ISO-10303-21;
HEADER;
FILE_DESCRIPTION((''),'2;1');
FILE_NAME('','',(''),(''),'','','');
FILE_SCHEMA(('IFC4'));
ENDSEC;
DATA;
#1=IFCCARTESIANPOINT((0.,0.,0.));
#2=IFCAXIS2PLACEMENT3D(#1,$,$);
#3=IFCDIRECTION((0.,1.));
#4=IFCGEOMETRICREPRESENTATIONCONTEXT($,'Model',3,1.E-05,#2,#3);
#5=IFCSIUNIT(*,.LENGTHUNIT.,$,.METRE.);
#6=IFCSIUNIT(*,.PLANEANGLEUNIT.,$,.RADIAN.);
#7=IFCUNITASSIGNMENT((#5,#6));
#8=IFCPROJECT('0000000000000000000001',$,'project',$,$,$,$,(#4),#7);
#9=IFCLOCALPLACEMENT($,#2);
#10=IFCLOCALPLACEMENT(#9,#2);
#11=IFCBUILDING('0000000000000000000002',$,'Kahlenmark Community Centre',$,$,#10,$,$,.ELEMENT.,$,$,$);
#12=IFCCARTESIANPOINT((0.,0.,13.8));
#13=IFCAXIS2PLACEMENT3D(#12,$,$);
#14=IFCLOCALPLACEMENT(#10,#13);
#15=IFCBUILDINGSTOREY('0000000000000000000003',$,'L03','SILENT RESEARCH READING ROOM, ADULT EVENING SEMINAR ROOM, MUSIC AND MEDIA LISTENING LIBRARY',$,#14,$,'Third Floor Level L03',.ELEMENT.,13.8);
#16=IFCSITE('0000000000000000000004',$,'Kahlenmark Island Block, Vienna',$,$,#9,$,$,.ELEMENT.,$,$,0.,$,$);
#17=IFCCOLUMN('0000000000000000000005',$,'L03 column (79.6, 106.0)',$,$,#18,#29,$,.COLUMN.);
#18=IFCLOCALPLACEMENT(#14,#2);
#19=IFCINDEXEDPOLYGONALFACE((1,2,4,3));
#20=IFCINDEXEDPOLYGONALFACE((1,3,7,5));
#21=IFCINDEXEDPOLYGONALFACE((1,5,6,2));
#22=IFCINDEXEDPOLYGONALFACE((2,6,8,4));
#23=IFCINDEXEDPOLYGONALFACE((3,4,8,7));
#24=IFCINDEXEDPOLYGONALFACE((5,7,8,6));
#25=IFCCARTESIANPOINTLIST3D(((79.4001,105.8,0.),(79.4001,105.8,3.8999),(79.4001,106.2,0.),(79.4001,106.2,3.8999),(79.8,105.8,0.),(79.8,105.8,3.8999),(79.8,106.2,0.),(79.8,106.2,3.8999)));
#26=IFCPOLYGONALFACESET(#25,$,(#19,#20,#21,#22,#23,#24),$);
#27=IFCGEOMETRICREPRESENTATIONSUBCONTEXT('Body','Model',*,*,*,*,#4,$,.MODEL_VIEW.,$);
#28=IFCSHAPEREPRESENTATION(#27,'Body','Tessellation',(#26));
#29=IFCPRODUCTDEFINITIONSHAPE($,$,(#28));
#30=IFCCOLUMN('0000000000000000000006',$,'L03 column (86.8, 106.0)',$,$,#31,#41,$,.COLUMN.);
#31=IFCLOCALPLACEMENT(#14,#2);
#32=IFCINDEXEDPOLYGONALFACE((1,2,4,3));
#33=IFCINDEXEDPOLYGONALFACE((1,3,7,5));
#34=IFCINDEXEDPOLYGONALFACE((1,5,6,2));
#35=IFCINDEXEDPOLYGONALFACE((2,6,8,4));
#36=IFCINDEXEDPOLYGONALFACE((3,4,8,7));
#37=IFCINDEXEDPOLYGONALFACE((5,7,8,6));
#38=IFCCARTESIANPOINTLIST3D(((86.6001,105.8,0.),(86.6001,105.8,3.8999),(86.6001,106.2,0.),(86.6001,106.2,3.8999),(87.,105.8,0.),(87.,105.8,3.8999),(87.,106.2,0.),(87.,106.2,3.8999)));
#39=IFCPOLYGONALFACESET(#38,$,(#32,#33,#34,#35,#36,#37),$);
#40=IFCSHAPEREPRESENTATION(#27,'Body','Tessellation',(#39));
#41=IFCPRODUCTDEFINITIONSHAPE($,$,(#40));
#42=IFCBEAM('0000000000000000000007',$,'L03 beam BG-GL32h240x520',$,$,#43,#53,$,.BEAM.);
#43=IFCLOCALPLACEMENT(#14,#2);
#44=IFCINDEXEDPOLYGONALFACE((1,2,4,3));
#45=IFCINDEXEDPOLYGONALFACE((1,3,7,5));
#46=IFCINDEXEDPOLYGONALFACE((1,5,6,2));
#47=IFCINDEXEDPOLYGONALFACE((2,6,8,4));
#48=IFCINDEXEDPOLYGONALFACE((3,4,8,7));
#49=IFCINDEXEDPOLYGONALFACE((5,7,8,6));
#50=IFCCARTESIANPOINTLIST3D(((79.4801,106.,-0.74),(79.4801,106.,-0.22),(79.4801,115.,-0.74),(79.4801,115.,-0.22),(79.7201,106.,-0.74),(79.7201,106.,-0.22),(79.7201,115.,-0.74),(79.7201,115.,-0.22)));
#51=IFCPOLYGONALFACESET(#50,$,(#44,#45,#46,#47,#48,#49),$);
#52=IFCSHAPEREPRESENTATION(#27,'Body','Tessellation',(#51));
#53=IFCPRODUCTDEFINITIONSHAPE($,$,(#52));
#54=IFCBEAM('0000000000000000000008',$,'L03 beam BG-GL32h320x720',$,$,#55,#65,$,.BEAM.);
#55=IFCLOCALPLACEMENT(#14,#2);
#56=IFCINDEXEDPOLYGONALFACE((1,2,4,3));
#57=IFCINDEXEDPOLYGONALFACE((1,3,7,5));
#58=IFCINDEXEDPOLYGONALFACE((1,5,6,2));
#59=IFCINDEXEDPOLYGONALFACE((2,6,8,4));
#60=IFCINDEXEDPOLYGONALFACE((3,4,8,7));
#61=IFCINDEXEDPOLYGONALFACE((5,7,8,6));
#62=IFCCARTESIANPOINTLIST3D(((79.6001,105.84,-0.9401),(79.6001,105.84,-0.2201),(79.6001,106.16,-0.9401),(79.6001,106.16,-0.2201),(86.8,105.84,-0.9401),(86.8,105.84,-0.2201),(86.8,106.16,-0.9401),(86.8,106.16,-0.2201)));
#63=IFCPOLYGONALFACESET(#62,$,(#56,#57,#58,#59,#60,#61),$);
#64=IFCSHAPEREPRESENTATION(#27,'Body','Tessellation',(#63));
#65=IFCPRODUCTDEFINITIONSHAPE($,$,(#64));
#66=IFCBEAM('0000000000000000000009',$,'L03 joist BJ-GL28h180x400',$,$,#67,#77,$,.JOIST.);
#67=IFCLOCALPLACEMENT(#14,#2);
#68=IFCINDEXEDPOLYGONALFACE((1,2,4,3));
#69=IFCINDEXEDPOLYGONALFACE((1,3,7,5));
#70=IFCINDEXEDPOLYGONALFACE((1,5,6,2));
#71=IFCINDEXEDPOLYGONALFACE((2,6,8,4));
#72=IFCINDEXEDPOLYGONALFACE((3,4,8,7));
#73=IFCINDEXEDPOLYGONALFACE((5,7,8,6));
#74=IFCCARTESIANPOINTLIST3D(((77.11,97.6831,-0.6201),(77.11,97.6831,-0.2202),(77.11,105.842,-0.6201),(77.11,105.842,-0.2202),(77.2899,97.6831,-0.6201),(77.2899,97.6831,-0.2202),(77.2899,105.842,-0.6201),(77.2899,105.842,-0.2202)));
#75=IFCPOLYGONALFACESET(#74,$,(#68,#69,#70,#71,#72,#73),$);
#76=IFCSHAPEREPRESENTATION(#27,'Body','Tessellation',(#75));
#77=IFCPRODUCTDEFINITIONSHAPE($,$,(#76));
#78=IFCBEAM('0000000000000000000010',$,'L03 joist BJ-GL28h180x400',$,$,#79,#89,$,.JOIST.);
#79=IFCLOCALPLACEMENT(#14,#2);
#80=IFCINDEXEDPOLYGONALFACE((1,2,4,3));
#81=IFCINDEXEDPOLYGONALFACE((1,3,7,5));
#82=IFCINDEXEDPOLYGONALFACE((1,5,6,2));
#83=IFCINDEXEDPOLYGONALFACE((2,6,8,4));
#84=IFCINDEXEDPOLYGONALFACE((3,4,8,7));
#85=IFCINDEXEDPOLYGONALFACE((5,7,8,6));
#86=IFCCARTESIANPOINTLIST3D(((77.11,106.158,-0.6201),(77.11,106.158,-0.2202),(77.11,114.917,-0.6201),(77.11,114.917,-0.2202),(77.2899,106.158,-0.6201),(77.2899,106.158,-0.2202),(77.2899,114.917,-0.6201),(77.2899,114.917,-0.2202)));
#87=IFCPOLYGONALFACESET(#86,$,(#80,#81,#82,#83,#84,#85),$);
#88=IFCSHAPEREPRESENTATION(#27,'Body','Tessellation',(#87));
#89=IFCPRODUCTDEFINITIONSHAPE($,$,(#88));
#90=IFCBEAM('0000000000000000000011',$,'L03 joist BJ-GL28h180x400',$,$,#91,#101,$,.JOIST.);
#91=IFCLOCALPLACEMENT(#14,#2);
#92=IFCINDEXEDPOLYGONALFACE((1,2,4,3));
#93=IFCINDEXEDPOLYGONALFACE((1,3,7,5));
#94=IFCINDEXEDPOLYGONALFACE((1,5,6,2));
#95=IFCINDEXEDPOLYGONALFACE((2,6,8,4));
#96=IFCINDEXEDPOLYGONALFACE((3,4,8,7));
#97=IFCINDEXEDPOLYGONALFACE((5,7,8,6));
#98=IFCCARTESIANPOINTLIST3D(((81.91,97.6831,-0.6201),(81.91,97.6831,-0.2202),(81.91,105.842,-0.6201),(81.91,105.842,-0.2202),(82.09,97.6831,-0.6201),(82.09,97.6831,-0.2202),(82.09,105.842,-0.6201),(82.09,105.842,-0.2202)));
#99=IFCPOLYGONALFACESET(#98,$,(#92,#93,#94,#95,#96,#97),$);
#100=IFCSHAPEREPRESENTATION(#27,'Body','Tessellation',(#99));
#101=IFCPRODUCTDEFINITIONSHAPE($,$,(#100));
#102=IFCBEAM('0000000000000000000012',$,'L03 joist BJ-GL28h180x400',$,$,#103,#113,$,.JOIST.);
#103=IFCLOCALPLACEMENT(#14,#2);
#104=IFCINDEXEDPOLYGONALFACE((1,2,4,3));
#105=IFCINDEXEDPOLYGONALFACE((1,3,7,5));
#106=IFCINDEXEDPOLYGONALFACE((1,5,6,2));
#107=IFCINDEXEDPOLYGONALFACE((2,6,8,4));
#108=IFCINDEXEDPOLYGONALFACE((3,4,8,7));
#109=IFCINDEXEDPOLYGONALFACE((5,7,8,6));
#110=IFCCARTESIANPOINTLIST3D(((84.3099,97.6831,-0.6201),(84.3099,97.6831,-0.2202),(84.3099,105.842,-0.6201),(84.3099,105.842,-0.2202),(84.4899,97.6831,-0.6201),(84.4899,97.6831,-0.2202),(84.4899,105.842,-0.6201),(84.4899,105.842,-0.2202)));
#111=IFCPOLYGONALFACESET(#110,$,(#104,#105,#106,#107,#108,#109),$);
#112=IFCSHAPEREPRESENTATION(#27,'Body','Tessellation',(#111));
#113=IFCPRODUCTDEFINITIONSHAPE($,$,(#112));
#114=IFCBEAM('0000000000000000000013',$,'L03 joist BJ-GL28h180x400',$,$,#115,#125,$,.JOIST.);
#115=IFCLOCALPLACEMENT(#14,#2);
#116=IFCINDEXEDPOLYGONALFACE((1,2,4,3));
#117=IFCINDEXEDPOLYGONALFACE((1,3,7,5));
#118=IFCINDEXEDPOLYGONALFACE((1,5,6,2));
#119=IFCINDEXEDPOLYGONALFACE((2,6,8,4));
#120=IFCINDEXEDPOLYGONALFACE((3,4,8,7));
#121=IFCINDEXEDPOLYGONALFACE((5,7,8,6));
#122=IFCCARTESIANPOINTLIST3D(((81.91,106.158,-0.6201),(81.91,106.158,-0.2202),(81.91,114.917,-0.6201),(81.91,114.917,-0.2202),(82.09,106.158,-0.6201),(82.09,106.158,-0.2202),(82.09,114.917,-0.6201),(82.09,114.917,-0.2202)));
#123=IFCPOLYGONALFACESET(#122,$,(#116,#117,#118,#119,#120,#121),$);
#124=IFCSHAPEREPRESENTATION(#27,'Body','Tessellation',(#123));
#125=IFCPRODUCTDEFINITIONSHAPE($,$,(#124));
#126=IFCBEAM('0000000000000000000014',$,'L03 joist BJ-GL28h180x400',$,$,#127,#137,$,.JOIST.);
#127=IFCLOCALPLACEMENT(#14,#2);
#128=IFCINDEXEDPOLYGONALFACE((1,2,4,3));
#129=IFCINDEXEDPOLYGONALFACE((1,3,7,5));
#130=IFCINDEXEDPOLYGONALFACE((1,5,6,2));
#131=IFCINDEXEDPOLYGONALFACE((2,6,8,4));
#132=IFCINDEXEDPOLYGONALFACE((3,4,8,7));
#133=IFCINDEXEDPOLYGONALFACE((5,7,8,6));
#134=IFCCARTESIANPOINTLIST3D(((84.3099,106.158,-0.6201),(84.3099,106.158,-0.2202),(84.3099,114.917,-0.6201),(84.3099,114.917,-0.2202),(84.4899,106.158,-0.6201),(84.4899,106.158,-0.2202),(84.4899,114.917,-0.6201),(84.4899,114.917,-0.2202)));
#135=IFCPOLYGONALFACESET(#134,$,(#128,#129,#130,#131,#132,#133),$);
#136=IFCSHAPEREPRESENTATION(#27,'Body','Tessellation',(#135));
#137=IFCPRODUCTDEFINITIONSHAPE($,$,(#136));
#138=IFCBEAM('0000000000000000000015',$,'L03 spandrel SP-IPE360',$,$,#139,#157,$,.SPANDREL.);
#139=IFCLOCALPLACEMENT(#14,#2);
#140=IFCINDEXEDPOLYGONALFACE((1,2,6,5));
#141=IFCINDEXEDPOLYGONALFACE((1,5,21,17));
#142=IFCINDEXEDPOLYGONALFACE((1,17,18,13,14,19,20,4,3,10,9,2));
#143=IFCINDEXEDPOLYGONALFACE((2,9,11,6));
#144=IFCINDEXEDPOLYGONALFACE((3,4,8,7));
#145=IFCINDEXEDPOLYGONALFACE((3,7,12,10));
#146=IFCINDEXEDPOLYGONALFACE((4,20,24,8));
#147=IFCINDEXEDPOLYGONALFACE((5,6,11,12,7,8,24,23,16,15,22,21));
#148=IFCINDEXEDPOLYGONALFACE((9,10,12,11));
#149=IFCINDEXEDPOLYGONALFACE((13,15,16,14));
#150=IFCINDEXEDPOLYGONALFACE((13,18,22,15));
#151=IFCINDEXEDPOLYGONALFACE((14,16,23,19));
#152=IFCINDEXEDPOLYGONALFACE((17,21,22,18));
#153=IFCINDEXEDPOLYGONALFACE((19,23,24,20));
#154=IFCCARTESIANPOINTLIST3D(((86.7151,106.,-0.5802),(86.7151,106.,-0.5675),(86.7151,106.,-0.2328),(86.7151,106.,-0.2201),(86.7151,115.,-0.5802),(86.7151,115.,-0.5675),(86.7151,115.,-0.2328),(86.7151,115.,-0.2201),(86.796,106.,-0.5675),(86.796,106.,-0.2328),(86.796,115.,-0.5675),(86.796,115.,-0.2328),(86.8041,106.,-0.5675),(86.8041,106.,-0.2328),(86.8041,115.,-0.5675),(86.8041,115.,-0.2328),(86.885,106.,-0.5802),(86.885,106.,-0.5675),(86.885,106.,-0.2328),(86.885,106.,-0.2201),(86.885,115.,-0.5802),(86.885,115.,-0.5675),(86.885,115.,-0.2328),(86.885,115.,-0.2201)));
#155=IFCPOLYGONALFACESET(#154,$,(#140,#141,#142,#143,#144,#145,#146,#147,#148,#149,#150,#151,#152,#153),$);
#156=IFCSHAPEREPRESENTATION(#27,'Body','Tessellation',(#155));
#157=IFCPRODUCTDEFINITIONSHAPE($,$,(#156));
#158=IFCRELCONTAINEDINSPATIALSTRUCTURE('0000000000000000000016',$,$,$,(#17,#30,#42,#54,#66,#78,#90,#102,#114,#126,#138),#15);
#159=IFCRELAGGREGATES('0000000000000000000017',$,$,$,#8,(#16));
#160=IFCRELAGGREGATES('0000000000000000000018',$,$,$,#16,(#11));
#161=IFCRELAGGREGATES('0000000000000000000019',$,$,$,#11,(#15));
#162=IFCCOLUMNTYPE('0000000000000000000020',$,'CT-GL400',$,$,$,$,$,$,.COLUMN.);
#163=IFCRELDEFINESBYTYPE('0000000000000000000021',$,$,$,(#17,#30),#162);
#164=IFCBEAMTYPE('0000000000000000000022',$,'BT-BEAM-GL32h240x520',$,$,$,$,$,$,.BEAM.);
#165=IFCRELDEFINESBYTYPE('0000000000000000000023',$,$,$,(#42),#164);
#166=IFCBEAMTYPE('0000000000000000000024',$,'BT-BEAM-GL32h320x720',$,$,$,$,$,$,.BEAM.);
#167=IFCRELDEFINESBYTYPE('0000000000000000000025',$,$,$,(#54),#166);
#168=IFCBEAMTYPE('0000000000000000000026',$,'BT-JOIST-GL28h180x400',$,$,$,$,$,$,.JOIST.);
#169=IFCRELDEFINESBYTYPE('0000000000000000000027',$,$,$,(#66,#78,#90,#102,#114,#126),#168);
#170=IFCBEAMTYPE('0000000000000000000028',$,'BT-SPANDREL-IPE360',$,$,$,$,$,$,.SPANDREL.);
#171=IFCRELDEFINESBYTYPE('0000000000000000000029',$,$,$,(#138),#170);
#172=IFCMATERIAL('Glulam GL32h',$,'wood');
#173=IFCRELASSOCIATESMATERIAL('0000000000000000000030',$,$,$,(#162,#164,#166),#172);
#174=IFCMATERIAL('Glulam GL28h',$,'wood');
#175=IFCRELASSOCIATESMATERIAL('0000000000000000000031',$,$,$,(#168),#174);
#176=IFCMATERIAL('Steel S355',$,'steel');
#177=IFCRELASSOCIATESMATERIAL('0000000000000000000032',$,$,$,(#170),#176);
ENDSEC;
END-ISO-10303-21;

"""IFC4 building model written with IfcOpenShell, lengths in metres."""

from ifc_helpers import new_model, si_unit, direction, frame, origin, origin_2d, place, context, subcontext, project, spatial, rectangle, i_section, extrude, material, material_profile, profile_set, type_object, element, save


model = new_model("IFC4")

# Units and contexts
model_context = context("Model", 3, precision=1e-05, world=origin(), true_north=direction((0.0, 1.0)))
body_context = subcontext(model_context, "Body", "Model", "MODEL_VIEW")
ifc_project = project(units=[si_unit("LENGTHUNIT", "METRE"), si_unit("PLANEANGLEUNIT", "RADIAN")], contexts=[model_context])

# Site, building, storey
site_placement = place(None, origin())
site = spatial("IfcSite", under=ifc_project, at=site_placement, Name="Kahlenmark Island Block, Vienna", CompositionType="ELEMENT", RefElevation=0.0)
building_placement = place(site_placement, origin())
building = spatial("IfcBuilding", under=site, at=building_placement, Name="Kahlenmark Community Centre", CompositionType="ELEMENT")
storey_placement = place(building_placement, frame((0.0, 0.0, 13.8)))
storey = spatial("IfcBuildingStorey", under=building, at=storey_placement, Name="L03", Description="SILENT RESEARCH READING ROOM, ADULT EVENING SEMINAR ROOM, MUSIC AND MEDIA LISTENING LIBRARY", LongName="Third Floor Level L03", CompositionType="ELEMENT", Elevation=13.8)

# Columns
ifc_material_1 = material(Name="Glulam GL32h", Category="wood")
ifc_material_profile_1 = material_profile(ifc_material_1, rectangle(XDim=0.3999, YDim=0.3999, at=origin_2d()), Name="GL32h 400x400")
ifc_profile_set_1 = profile_set([ifc_material_profile_1], Name="Glulam GL32h")
column_type = type_object("IfcColumnType", Name="CT-GL400", PredefinedType="COLUMN", material=ifc_profile_set_1)
for number, where, z_axis, x_axis, name in (
    (1, (79.6001, 106.0, 0.0), (0.0, 0.0, 1.0), (1.0, 0.0, 0.0), "L03 column (79.6, 106.0)"),
    (2, (86.8, 106.0, 0.0), (0.0, 0.0, 1.0), (1.0, 0.0, 0.0), "L03 column (86.8, 106.0)"),
):
    element("IfcColumn", number, at=place(storey_placement, frame(where, z_axis=z_axis, x_axis=x_axis)), inside=storey, type_object=column_type, Name=name, PredefinedType="COLUMN", context=body_context, shape_type="SweptSolid", body=[
        extrude(rectangle(XDim=0.3999, YDim=0.3999, at=origin_2d()), origin(), (0.0, 0.0, 1.0), 3.8999),
    ])

# Beams
ifc_material_profile_2 = material_profile(ifc_material_1, rectangle(XDim=0.24, YDim=0.52, at=origin_2d()), Name="GL32h 240x520")
ifc_profile_set_2 = profile_set([ifc_material_profile_2], Name="Glulam GL32h")
beam_type_1 = type_object("IfcBeamType", Name="BT-BEAM-GL32h240x520", PredefinedType="BEAM", material=ifc_profile_set_2)
beam_1_placement = place(storey_placement, frame((79.6001, 106.0, -0.48), z_axis=(0.0, 1.0, 0.0), x_axis=(-1.0, 0.0, 0.0)))
element("IfcBeam", 3, at=beam_1_placement, inside=storey, type_object=beam_type_1, Name="L03 beam BG-GL32h240x520", PredefinedType="BEAM", context=body_context, shape_type="SweptSolid", body=[
    extrude(rectangle(XDim=0.24, YDim=0.52, at=origin_2d()), origin(), (0.0, 0.0, 1.0), 9.0),
])
ifc_material_profile_3 = material_profile(ifc_material_1, rectangle(XDim=0.3201, YDim=0.72, at=origin_2d()), Name="GL32h 320x720")
ifc_profile_set_3 = profile_set([ifc_material_profile_3], Name="Glulam GL32h")
beam_type_2 = type_object("IfcBeamType", Name="BT-BEAM-GL32h320x720", PredefinedType="BEAM", material=ifc_profile_set_3)
beam_2_placement = place(storey_placement, frame((79.6001, 106.0, -0.5801), z_axis=(1.0, 0.0, 0.0), x_axis=(0.0, 1.0, 0.0)))
element("IfcBeam", 4, at=beam_2_placement, inside=storey, type_object=beam_type_2, Name="L03 beam BG-GL32h320x720", PredefinedType="BEAM", context=body_context, shape_type="SweptSolid", body=[
    extrude(rectangle(XDim=0.3201, YDim=0.72, at=origin_2d()), origin(), (0.0, 0.0, 1.0), 7.2),
])
ifc_material_2 = material(Name="Glulam GL28h", Category="wood")
ifc_material_profile_4 = material_profile(ifc_material_2, rectangle(XDim=0.1799, YDim=0.3999, at=origin_2d()), Name="GL28h 180x400")
ifc_profile_set_4 = profile_set([ifc_material_profile_4], Name="Glulam GL28h")
beam_type_3 = type_object("IfcBeamType", Name="BT-JOIST-GL28h180x400", PredefinedType="JOIST", material=ifc_profile_set_4)
beam_3_placement = place(storey_placement, frame((77.2, 97.6831, -0.4202), z_axis=(0.0, 1.0, 0.0), x_axis=(-1.0, 0.0, 0.0)))
element("IfcBeam", 5, at=beam_3_placement, inside=storey, type_object=beam_type_3, Name="L03 joist BJ-GL28h180x400", PredefinedType="JOIST", context=body_context, shape_type="SweptSolid", body=[
    extrude(rectangle(XDim=0.1799, YDim=0.3999, at=origin_2d()), origin(), (0.0, 0.0, 1.0), 8.1589),
])
beam_4_placement = place(storey_placement, frame((77.2, 106.158, -0.4202), z_axis=(0.0, 1.0, 0.0), x_axis=(-1.0, 0.0, 0.0)))
element("IfcBeam", 6, at=beam_4_placement, inside=storey, type_object=beam_type_3, Name="L03 joist BJ-GL28h180x400", PredefinedType="JOIST", context=body_context, shape_type="SweptSolid", body=[
    extrude(rectangle(XDim=0.1799, YDim=0.3999, at=origin_2d()), origin(), (0.0, 0.0, 1.0), 8.759),
])
for number, where, z_axis, x_axis, name in (
    (7, (82.0, 97.6831, -0.4202), (0.0, 1.0, 0.0), (-1.0, 0.0, 0.0), "L03 joist BJ-GL28h180x400"),
    (8, (84.3999, 97.6831, -0.4202), (0.0, 1.0, 0.0), (-1.0, 0.0, 0.0), "L03 joist BJ-GL28h180x400"),
):
    element("IfcBeam", number, at=place(storey_placement, frame(where, z_axis=z_axis, x_axis=x_axis)), inside=storey, type_object=beam_type_3, Name=name, PredefinedType="JOIST", context=body_context, shape_type="SweptSolid", body=[
        extrude(rectangle(XDim=0.1799, YDim=0.3999, at=origin_2d()), origin(), (0.0, 0.0, 1.0), 8.1589),
    ])
for number, where, z_axis, x_axis, name in (
    (9, (82.0, 106.158, -0.4202), (0.0, 1.0, 0.0), (-1.0, 0.0, 0.0), "L03 joist BJ-GL28h180x400"),
    (10, (84.3999, 106.158, -0.4202), (0.0, 1.0, 0.0), (-1.0, 0.0, 0.0), "L03 joist BJ-GL28h180x400"),
):
    element("IfcBeam", number, at=place(storey_placement, frame(where, z_axis=z_axis, x_axis=x_axis)), inside=storey, type_object=beam_type_3, Name=name, PredefinedType="JOIST", context=body_context, shape_type="SweptSolid", body=[
        extrude(rectangle(XDim=0.1799, YDim=0.3999, at=origin_2d()), origin(), (0.0, 0.0, 1.0), 8.759),
    ])
ifc_material_3 = material(Name="Steel S355", Category="steel")
ifc_material_profile_5 = material_profile(ifc_material_3, i_section(OverallWidth=0.1699, OverallDepth=0.3601, WebThickness=0.0081, FlangeThickness=0.0127, at=origin_2d()), Name="IPE 360")
ifc_profile_set_5 = profile_set([ifc_material_profile_5], Name="Steel S355")
beam_type_4 = type_object("IfcBeamType", Name="BT-SPANDREL-IPE360", PredefinedType="SPANDREL", material=ifc_profile_set_5)
beam_5_placement = place(storey_placement, frame((86.8, 106.0, -0.4001), z_axis=(0.0, 1.0, 0.0), x_axis=(-1.0, 0.0, 0.0)))
element("IfcBeam", 11, at=beam_5_placement, inside=storey, type_object=beam_type_4, Name="L03 spandrel SP-IPE360", PredefinedType="SPANDREL", context=body_context, shape_type="SweptSolid", body=[
    extrude(i_section(OverallWidth=0.1699, OverallDepth=0.3601, WebThickness=0.0081, FlangeThickness=0.0127, at=origin_2d()), origin(), (0.0, 0.0, 1.0), 9.0),
])

save(model, "model.ifc")
